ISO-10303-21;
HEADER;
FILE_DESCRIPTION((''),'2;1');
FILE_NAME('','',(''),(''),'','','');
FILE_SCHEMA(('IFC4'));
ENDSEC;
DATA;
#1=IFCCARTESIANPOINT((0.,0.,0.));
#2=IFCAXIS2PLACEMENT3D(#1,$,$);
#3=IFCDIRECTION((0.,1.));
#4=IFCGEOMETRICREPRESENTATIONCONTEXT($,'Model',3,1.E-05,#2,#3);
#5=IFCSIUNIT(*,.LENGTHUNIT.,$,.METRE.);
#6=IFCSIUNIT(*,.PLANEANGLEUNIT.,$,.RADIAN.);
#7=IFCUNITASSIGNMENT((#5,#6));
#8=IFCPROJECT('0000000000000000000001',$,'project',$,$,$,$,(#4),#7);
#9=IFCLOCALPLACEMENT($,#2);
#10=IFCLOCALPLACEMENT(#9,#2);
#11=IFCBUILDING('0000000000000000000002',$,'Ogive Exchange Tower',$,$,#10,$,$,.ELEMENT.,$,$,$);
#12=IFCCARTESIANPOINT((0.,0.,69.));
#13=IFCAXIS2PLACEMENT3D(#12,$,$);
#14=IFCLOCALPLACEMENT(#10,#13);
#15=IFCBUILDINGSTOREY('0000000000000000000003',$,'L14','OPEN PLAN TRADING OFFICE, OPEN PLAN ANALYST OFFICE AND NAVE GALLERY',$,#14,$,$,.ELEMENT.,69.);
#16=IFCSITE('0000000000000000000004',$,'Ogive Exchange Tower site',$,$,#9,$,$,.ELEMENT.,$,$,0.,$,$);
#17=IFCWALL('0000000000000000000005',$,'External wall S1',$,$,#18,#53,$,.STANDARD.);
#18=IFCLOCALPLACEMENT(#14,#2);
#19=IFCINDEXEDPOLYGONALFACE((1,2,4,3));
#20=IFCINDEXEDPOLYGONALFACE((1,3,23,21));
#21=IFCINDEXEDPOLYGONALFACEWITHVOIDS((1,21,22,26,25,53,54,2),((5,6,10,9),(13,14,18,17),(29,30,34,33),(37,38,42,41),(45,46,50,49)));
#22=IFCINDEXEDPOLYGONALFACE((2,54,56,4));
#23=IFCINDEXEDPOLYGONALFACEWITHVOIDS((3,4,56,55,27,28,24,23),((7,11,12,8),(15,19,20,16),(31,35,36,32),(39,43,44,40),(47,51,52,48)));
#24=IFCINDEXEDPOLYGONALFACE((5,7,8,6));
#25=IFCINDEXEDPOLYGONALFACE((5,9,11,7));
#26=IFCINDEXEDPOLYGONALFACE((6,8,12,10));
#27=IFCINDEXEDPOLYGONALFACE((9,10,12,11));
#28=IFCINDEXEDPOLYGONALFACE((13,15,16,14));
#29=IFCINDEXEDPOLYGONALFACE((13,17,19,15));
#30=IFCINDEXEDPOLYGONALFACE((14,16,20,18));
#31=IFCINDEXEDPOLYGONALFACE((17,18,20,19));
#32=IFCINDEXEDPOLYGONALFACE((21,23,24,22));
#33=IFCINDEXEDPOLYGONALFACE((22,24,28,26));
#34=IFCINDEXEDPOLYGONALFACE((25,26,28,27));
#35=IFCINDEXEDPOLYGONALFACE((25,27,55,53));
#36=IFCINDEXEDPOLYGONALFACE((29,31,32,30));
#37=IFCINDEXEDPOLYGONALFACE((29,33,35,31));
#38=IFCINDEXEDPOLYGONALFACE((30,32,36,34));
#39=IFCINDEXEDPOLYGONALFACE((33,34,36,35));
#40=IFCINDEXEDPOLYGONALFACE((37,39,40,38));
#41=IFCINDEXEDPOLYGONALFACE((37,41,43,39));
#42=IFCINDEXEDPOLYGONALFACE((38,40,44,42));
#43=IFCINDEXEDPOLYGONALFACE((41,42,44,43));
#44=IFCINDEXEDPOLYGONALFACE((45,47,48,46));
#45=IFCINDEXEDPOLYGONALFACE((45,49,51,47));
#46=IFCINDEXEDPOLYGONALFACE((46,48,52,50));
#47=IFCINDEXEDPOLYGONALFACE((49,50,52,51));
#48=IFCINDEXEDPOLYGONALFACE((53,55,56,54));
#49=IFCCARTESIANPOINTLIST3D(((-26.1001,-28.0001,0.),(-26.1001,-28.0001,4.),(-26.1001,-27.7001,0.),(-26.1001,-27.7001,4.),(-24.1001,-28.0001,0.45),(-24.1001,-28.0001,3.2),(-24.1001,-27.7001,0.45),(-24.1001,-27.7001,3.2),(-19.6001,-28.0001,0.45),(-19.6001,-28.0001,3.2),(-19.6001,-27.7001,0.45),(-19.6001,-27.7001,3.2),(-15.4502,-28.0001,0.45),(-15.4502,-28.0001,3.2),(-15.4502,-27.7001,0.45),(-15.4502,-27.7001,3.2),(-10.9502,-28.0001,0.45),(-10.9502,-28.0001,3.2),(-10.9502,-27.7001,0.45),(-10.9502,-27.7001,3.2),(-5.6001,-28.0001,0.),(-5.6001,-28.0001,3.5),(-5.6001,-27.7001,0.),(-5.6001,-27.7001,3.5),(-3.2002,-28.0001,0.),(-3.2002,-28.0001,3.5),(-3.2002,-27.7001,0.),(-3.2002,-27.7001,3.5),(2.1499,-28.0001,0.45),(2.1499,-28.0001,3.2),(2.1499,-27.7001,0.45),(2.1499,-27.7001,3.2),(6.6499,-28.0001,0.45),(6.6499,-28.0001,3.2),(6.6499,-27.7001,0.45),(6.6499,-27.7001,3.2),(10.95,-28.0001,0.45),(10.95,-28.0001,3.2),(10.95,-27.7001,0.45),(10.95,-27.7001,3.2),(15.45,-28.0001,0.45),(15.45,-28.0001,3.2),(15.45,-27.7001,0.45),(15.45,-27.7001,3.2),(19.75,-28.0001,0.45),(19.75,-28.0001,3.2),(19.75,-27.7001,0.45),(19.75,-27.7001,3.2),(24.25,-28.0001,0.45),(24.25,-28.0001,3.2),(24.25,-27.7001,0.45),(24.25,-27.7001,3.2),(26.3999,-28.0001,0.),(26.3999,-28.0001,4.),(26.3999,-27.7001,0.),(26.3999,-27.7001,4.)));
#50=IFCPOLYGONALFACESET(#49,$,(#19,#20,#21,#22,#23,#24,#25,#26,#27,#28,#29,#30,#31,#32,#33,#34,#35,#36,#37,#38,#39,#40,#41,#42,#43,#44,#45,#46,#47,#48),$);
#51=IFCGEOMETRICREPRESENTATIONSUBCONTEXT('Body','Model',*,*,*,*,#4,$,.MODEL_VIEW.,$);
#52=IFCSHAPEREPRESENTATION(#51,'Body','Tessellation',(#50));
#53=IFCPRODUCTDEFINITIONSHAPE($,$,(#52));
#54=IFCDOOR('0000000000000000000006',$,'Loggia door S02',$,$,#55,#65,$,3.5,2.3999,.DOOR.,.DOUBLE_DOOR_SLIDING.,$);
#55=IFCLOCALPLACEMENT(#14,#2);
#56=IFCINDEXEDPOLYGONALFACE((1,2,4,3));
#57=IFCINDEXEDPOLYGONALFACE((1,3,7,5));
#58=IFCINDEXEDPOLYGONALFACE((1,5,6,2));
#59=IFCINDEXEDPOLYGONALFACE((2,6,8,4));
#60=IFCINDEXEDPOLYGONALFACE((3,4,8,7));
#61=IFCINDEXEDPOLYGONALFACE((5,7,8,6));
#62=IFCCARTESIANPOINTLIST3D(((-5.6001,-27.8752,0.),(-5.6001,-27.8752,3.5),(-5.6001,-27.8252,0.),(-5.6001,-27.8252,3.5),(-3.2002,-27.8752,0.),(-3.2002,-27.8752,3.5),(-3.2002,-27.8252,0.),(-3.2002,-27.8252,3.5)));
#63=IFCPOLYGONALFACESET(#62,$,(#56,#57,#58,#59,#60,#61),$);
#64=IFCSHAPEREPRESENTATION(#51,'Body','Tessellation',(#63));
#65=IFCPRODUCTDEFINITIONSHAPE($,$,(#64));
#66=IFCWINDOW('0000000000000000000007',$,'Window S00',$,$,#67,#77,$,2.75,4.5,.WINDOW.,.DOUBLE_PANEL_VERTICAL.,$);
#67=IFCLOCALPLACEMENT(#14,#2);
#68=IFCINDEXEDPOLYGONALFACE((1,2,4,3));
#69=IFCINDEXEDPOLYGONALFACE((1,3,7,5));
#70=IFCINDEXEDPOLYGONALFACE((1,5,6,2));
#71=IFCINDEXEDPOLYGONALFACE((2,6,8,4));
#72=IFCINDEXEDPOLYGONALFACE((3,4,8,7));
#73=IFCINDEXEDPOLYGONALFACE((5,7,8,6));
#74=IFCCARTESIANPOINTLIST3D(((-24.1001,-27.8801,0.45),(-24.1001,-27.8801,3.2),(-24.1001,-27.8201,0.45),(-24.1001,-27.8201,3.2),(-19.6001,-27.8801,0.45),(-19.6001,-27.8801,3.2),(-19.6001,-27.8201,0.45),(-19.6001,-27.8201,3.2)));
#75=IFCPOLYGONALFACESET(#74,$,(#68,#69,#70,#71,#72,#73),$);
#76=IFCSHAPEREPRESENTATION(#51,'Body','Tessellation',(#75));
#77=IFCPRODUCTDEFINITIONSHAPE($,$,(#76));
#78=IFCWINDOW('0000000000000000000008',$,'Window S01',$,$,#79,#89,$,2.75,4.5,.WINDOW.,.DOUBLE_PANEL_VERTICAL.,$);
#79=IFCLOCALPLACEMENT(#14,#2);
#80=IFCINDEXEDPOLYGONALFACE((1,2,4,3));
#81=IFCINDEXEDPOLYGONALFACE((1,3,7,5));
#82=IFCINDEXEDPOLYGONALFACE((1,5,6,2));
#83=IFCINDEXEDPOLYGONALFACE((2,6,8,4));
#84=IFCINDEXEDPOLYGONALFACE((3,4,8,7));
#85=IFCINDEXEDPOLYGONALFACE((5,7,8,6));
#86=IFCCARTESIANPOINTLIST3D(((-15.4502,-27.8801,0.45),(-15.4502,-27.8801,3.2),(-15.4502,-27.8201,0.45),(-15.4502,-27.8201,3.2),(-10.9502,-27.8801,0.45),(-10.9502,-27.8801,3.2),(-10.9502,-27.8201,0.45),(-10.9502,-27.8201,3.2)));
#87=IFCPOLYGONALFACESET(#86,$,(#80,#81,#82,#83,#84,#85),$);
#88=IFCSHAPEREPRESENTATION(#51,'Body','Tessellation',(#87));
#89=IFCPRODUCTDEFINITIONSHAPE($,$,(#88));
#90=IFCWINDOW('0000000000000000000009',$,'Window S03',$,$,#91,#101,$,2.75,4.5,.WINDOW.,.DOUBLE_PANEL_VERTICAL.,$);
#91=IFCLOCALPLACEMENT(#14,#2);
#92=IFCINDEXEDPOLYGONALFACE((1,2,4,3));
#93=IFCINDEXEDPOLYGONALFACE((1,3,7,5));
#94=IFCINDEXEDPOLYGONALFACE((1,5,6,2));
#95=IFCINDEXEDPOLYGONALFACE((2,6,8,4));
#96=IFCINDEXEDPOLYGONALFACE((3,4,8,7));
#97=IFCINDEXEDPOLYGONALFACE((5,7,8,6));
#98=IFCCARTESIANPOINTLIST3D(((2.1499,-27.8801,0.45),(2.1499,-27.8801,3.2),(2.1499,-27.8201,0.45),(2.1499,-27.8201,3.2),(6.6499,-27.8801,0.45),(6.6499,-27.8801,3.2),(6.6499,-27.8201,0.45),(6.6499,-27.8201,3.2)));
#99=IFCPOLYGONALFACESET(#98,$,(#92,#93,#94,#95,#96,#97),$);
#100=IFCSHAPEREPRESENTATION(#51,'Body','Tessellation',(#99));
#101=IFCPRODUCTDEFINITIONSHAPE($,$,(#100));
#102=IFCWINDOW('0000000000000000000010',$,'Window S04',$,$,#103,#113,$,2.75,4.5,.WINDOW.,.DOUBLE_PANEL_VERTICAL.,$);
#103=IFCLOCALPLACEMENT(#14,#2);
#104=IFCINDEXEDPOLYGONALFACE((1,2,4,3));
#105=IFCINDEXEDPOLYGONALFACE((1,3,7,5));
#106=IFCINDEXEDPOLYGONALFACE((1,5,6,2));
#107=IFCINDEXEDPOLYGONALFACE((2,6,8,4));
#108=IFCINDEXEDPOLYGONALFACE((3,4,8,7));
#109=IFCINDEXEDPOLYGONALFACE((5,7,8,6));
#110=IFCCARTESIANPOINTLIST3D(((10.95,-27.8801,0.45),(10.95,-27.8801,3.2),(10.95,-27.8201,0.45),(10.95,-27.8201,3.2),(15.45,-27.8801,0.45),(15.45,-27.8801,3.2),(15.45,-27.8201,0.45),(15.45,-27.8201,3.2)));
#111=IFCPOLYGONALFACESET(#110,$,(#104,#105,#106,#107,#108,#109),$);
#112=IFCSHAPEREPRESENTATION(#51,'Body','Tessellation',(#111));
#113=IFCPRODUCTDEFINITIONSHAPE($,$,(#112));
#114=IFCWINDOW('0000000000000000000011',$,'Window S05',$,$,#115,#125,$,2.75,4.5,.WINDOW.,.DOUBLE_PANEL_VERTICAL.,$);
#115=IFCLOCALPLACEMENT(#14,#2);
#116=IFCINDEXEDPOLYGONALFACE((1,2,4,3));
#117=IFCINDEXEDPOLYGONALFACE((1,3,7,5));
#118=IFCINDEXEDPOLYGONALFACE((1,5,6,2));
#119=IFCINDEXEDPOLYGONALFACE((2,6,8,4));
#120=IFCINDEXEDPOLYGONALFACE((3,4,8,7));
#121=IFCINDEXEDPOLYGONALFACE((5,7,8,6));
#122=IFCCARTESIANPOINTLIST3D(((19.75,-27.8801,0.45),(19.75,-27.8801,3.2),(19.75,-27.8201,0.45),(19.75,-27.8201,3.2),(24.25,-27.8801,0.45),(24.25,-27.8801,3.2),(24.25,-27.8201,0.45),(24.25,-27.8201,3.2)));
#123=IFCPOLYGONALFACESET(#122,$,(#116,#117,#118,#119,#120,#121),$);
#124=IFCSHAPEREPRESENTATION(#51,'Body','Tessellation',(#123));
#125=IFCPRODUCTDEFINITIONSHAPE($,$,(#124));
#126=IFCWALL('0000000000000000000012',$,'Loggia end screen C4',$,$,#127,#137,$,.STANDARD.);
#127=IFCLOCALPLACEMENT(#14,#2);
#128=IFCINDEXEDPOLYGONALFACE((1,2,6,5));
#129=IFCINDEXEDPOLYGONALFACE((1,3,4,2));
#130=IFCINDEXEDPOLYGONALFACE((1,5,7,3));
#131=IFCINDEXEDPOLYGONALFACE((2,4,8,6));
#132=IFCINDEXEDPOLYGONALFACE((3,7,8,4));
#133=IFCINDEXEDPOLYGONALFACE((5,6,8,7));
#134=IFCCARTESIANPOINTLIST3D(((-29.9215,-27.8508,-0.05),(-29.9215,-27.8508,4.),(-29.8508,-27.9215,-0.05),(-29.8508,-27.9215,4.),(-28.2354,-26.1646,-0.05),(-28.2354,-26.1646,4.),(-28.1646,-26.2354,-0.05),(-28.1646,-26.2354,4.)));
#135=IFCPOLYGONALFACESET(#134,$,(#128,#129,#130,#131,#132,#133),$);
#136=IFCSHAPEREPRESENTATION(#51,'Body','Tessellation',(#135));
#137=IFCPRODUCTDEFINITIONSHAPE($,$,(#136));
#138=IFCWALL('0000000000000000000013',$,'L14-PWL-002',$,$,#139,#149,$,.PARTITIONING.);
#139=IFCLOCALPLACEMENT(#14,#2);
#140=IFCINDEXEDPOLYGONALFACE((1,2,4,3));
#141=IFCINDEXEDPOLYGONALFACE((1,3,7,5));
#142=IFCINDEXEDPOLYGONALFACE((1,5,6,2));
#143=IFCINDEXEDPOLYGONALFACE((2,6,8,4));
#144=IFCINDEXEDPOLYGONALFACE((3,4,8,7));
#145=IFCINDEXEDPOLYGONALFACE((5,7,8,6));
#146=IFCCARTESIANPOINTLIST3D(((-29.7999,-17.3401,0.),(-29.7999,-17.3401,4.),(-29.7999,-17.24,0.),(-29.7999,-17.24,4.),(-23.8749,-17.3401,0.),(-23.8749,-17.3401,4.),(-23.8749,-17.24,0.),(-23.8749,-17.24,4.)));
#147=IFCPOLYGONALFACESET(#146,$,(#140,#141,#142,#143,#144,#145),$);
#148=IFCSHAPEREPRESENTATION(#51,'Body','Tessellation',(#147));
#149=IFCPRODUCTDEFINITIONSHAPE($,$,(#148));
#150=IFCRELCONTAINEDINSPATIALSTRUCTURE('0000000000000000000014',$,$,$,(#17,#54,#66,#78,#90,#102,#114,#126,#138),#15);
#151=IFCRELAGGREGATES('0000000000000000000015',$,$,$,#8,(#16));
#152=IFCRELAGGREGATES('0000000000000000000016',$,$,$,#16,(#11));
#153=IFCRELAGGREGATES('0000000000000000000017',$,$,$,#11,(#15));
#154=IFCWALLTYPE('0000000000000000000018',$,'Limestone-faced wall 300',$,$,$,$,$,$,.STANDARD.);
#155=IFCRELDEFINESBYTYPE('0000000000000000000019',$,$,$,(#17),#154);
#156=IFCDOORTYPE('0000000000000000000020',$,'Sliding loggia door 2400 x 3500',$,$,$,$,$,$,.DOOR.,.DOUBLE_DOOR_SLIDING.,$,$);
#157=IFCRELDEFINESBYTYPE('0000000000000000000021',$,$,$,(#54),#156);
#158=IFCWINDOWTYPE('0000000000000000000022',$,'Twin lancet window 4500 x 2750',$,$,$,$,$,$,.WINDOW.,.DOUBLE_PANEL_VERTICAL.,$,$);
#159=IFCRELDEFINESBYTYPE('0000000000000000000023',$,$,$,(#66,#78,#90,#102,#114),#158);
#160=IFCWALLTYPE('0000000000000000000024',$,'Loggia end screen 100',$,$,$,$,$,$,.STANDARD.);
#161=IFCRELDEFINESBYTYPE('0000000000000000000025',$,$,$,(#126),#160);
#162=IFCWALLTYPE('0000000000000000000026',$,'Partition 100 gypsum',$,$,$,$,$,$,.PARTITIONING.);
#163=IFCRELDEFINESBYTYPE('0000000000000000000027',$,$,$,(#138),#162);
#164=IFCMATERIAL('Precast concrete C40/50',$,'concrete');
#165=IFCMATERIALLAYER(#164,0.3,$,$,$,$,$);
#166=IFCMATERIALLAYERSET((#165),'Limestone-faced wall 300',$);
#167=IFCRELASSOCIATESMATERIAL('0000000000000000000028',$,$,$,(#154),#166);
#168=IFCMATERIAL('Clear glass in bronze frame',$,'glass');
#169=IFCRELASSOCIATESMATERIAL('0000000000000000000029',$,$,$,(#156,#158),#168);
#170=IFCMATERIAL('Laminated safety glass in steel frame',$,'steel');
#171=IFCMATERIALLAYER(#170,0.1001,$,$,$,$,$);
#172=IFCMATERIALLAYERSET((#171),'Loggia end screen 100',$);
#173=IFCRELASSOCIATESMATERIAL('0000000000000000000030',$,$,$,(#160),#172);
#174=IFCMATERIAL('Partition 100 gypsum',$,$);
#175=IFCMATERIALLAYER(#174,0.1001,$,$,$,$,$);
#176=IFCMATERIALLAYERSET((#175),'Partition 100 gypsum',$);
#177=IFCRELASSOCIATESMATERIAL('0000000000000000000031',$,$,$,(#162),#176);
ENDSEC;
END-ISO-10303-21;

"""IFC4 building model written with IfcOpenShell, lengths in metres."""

from ifc_helpers import new_model, si_unit, direction, frame, frame_2d, origin, place, context, subcontext, project, spatial, rectangle, extrude, material, layer, layer_set, type_object, element, fill, save


model = new_model("IFC4")

# Units and contexts
model_context = context("Model", 3, precision=1e-05, world=origin(), true_north=direction((0.0, 1.0)))
body_context = subcontext(model_context, "Body", "Model", "MODEL_VIEW")
ifc_project = project(units=[si_unit("LENGTHUNIT", "METRE"), si_unit("PLANEANGLEUNIT", "RADIAN")], contexts=[model_context])

# Site, building, storey
site_placement = place(None, origin())
site = spatial("IfcSite", under=ifc_project, at=site_placement, Name="Ogive Exchange Tower site", CompositionType="ELEMENT", RefElevation=0.0)
building_placement = place(site_placement, origin())
building = spatial("IfcBuilding", under=site, at=building_placement, Name="Ogive Exchange Tower", CompositionType="ELEMENT")
storey_placement = place(building_placement, frame((0.0, 0.0, 69.0)))
storey = spatial("IfcBuildingStorey", under=building, at=storey_placement, Name="L14", Description="OPEN PLAN TRADING OFFICE, OPEN PLAN ANALYST OFFICE AND NAVE GALLERY", CompositionType="ELEMENT", Elevation=69.0)

# Wall, openings, door, windows
ifc_material_1 = material(Name="Precast concrete C40/50", Category="concrete")
ifc_layer_1 = layer(ifc_material_1, 0.3)
ifc_layer_set_1 = layer_set([ifc_layer_1], Name="Limestone-faced wall 300")
wall_type_1 = type_object("IfcWallType", Name="Limestone-faced wall 300", PredefinedType="STANDARD", material=ifc_layer_set_1)
wall_1_placement = place(storey_placement, frame((-26.1001, -27.8501, 0.0), z_axis=(0.0, 0.0, 1.0), x_axis=(1.0, 0.0, 0.0)))
wall_1 = element("IfcWall", 1, at=wall_1_placement, inside=storey, type_object=wall_type_1, Name="External wall S1", PredefinedType="STANDARD", context=body_context, shape_type="SweptSolid", body=[
    extrude(rectangle(XDim=52.5, YDim=0.3, at=frame_2d((26.25, 0.0))), origin(), (0.0, 0.0, 1.0), 4.0),
])
opening_1_placement = place(wall_1_placement, frame((2.0, 0.0, 0.45)))
opening_1 = element("IfcOpeningElement", 2, at=opening_1_placement, cuts=wall_1, PredefinedType="OPENING", context=body_context, shape_type="SweptSolid", body=[
    extrude(rectangle(XDim=4.5, YDim=2.75, at=frame_2d((2.25, 1.375))), frame((0.0, 0.1599, 0.0), z_axis=(0.0, -1.0, 0.0), x_axis=(1.0, 0.0, 0.0)), (0.0, 0.0, 1.0), 0.3201),
])
opening_2_placement = place(wall_1_placement, frame((10.6499, 0.0, 0.45)))
opening_2 = element("IfcOpeningElement", 3, at=opening_2_placement, cuts=wall_1, PredefinedType="OPENING", context=body_context, shape_type="SweptSolid", body=[
    extrude(rectangle(XDim=4.5, YDim=2.75, at=frame_2d((2.25, 1.375))), frame((0.0, 0.1599, 0.0), z_axis=(0.0, -1.0, 0.0), x_axis=(1.0, 0.0, 0.0)), (0.0, 0.0, 1.0), 0.3201),
])
opening_3_placement = place(wall_1_placement, frame((20.5, 0.0, 0.0)))
opening_3 = element("IfcOpeningElement", 4, at=opening_3_placement, cuts=wall_1, PredefinedType="OPENING", context=body_context, shape_type="SweptSolid", body=[
    extrude(rectangle(XDim=2.3999, YDim=3.5, at=frame_2d((1.2, 1.75))), frame((0.0, 0.1599, 0.0), z_axis=(0.0, -1.0, 0.0), x_axis=(1.0, 0.0, 0.0)), (0.0, 0.0, 1.0), 0.3201),
])
opening_4_placement = place(wall_1_placement, frame((28.25, 0.0, 0.45)))
opening_4 = element("IfcOpeningElement", 5, at=opening_4_placement, cuts=wall_1, PredefinedType="OPENING", context=body_context, shape_type="SweptSolid", body=[
    extrude(rectangle(XDim=4.5, YDim=2.75, at=frame_2d((2.25, 1.375))), frame((0.0, 0.1599, 0.0), z_axis=(0.0, -1.0, 0.0), x_axis=(1.0, 0.0, 0.0)), (0.0, 0.0, 1.0), 0.3201),
])
opening_5_placement = place(wall_1_placement, frame((37.05, 0.0, 0.45)))
opening_5 = element("IfcOpeningElement", 6, at=opening_5_placement, cuts=wall_1, PredefinedType="OPENING", context=body_context, shape_type="SweptSolid", body=[
    extrude(rectangle(XDim=4.5, YDim=2.75, at=frame_2d((2.25, 1.375))), frame((0.0, 0.1599, 0.0), z_axis=(0.0, -1.0, 0.0), x_axis=(1.0, 0.0, 0.0)), (0.0, 0.0, 1.0), 0.3201),
])
opening_6_placement = place(wall_1_placement, frame((45.8501, 0.0, 0.45)))
opening_6 = element("IfcOpeningElement", 7, at=opening_6_placement, cuts=wall_1, PredefinedType="OPENING", context=body_context, shape_type="SweptSolid", body=[
    extrude(rectangle(XDim=4.5, YDim=2.75, at=frame_2d((2.25, 1.375))), frame((0.0, 0.1599, 0.0), z_axis=(0.0, -1.0, 0.0), x_axis=(1.0, 0.0, 0.0)), (0.0, 0.0, 1.0), 0.3201),
])
ifc_material_2 = material(Name="Clear glass in bronze frame", Category="glass")
door_type_1 = type_object("IfcDoorType", Name="Sliding loggia door 2400 x 3500", OperationType="DOUBLE_DOOR_SLIDING", PredefinedType="DOOR", material=ifc_material_2)
door_1_placement = place(opening_3_placement, origin())
door_1 = element("IfcDoor", 8, at=door_1_placement, inside=storey, type_object=door_type_1, Name="Loggia door S02", OperationType="DOUBLE_DOOR_SLIDING", OverallHeight=3.5, OverallWidth=2.3999, PredefinedType="DOOR", context=body_context, shape_type="SweptSolid", body=[
    extrude(rectangle(XDim=2.3999, YDim=3.5, at=frame_2d((1.2, 1.75))), frame((0.0, 0.0249, 0.0), z_axis=(0.0, -1.0, 0.0), x_axis=(1.0, 0.0, 0.0)), (0.0, 0.0, 1.0), 0.05),
])
fill(opening_3, door_1)
window_type = type_object("IfcWindowType", Name="Twin lancet window 4500 x 2750", PartitioningType="DOUBLE_PANEL_VERTICAL", PredefinedType="WINDOW", material=ifc_material_2)
window_1_placement = place(opening_1_placement, origin())
window_1 = element("IfcWindow", 9, at=window_1_placement, inside=storey, type_object=window_type, Name="Window S00", OverallHeight=2.75, OverallWidth=4.5, PartitioningType="DOUBLE_PANEL_VERTICAL", PredefinedType="WINDOW", context=body_context, shape_type="SweptSolid", body=[
    extrude(rectangle(XDim=4.5, YDim=2.75, at=frame_2d((2.25, 1.375))), frame((0.0, 0.03, 0.0), z_axis=(0.0, -1.0, 0.0), x_axis=(1.0, 0.0, 0.0)), (0.0, 0.0, 1.0), 0.0601),
])
fill(opening_1, window_1)
window_2_placement = place(opening_2_placement, origin())
window_2 = element("IfcWindow", 10, at=window_2_placement, inside=storey, type_object=window_type, Name="Window S01", OverallHeight=2.75, OverallWidth=4.5, PartitioningType="DOUBLE_PANEL_VERTICAL", PredefinedType="WINDOW", context=body_context, shape_type="SweptSolid", body=[
    extrude(rectangle(XDim=4.5, YDim=2.75, at=frame_2d((2.25, 1.375))), frame((0.0, 0.03, 0.0), z_axis=(0.0, -1.0, 0.0), x_axis=(1.0, 0.0, 0.0)), (0.0, 0.0, 1.0), 0.0601),
])
fill(opening_2, window_2)
window_3_placement = place(opening_4_placement, origin())
window_3 = element("IfcWindow", 11, at=window_3_placement, inside=storey, type_object=window_type, Name="Window S03", OverallHeight=2.75, OverallWidth=4.5, PartitioningType="DOUBLE_PANEL_VERTICAL", PredefinedType="WINDOW", context=body_context, shape_type="SweptSolid", body=[
    extrude(rectangle(XDim=4.5, YDim=2.75, at=frame_2d((2.25, 1.375))), frame((0.0, 0.03, 0.0), z_axis=(0.0, -1.0, 0.0), x_axis=(1.0, 0.0, 0.0)), (0.0, 0.0, 1.0), 0.0601),
])
fill(opening_4, window_3)
window_4_placement = place(opening_5_placement, origin())
window_4 = element("IfcWindow", 12, at=window_4_placement, inside=storey, type_object=window_type, Name="Window S04", OverallHeight=2.75, OverallWidth=4.5, PartitioningType="DOUBLE_PANEL_VERTICAL", PredefinedType="WINDOW", context=body_context, shape_type="SweptSolid", body=[
    extrude(rectangle(XDim=4.5, YDim=2.75, at=frame_2d((2.25, 1.375))), frame((0.0, 0.03, 0.0), z_axis=(0.0, -1.0, 0.0), x_axis=(1.0, 0.0, 0.0)), (0.0, 0.0, 1.0), 0.0601),
])
fill(opening_5, window_4)
window_5_placement = place(opening_6_placement, origin())
window_5 = element("IfcWindow", 13, at=window_5_placement, inside=storey, type_object=window_type, Name="Window S05", OverallHeight=2.75, OverallWidth=4.5, PartitioningType="DOUBLE_PANEL_VERTICAL", PredefinedType="WINDOW", context=body_context, shape_type="SweptSolid", body=[
    extrude(rectangle(XDim=4.5, YDim=2.75, at=frame_2d((2.25, 1.375))), frame((0.0, 0.03, 0.0), z_axis=(0.0, -1.0, 0.0), x_axis=(1.0, 0.0, 0.0)), (0.0, 0.0, 1.0), 0.0601),
])
fill(opening_6, window_5)

# Walls
ifc_material_3 = material(Name="Laminated safety glass in steel frame", Category="steel")
ifc_layer_2 = layer(ifc_material_3, 0.1001)
ifc_layer_set_2 = layer_set([ifc_layer_2], Name="Loggia end screen 100")
wall_type_2 = type_object("IfcWallType", Name="Loggia end screen 100", PredefinedType="STANDARD", material=ifc_layer_set_2)
wall_2_placement = place(storey_placement, frame((-28.2, -26.2, -0.05), z_axis=(0.0, 0.0, 1.0), x_axis=(-0.707107, -0.707107, 0.0)))
element("IfcWall", 14, at=wall_2_placement, inside=storey, type_object=wall_type_2, Name="Loggia end screen C4", PredefinedType="STANDARD", context=body_context, shape_type="SweptSolid", body=[
    extrude(rectangle(XDim=2.3845, YDim=0.1001, at=frame_2d((1.1924, 0.0))), origin(), (0.0, 0.0, 1.0), 4.05),
])
ifc_material_4 = material(Name="Partition 100 gypsum")
ifc_layer_3 = layer(ifc_material_4, 0.1001)
ifc_layer_set_3 = layer_set([ifc_layer_3], Name="Partition 100 gypsum")
wall_type_3 = type_object("IfcWallType", Name="Partition 100 gypsum", PredefinedType="PARTITIONING", material=ifc_layer_set_3)
wall_3_placement = place(storey_placement, frame((-23.875, -17.29, 0.0), z_axis=(0.0, 0.0, 1.0), x_axis=(-1.0, 0.0, 0.0)))
element("IfcWall", 15, at=wall_3_placement, inside=storey, type_object=wall_type_3, Name="L14-PWL-002", PredefinedType="PARTITIONING", context=body_context, shape_type="SweptSolid", body=[
    extrude(rectangle(XDim=5.925, YDim=0.1001, at=frame_2d((2.9624, 0.0))), origin(), (0.0, 0.0, 1.0), 4.0),
])

save(model, "model.ifc")
